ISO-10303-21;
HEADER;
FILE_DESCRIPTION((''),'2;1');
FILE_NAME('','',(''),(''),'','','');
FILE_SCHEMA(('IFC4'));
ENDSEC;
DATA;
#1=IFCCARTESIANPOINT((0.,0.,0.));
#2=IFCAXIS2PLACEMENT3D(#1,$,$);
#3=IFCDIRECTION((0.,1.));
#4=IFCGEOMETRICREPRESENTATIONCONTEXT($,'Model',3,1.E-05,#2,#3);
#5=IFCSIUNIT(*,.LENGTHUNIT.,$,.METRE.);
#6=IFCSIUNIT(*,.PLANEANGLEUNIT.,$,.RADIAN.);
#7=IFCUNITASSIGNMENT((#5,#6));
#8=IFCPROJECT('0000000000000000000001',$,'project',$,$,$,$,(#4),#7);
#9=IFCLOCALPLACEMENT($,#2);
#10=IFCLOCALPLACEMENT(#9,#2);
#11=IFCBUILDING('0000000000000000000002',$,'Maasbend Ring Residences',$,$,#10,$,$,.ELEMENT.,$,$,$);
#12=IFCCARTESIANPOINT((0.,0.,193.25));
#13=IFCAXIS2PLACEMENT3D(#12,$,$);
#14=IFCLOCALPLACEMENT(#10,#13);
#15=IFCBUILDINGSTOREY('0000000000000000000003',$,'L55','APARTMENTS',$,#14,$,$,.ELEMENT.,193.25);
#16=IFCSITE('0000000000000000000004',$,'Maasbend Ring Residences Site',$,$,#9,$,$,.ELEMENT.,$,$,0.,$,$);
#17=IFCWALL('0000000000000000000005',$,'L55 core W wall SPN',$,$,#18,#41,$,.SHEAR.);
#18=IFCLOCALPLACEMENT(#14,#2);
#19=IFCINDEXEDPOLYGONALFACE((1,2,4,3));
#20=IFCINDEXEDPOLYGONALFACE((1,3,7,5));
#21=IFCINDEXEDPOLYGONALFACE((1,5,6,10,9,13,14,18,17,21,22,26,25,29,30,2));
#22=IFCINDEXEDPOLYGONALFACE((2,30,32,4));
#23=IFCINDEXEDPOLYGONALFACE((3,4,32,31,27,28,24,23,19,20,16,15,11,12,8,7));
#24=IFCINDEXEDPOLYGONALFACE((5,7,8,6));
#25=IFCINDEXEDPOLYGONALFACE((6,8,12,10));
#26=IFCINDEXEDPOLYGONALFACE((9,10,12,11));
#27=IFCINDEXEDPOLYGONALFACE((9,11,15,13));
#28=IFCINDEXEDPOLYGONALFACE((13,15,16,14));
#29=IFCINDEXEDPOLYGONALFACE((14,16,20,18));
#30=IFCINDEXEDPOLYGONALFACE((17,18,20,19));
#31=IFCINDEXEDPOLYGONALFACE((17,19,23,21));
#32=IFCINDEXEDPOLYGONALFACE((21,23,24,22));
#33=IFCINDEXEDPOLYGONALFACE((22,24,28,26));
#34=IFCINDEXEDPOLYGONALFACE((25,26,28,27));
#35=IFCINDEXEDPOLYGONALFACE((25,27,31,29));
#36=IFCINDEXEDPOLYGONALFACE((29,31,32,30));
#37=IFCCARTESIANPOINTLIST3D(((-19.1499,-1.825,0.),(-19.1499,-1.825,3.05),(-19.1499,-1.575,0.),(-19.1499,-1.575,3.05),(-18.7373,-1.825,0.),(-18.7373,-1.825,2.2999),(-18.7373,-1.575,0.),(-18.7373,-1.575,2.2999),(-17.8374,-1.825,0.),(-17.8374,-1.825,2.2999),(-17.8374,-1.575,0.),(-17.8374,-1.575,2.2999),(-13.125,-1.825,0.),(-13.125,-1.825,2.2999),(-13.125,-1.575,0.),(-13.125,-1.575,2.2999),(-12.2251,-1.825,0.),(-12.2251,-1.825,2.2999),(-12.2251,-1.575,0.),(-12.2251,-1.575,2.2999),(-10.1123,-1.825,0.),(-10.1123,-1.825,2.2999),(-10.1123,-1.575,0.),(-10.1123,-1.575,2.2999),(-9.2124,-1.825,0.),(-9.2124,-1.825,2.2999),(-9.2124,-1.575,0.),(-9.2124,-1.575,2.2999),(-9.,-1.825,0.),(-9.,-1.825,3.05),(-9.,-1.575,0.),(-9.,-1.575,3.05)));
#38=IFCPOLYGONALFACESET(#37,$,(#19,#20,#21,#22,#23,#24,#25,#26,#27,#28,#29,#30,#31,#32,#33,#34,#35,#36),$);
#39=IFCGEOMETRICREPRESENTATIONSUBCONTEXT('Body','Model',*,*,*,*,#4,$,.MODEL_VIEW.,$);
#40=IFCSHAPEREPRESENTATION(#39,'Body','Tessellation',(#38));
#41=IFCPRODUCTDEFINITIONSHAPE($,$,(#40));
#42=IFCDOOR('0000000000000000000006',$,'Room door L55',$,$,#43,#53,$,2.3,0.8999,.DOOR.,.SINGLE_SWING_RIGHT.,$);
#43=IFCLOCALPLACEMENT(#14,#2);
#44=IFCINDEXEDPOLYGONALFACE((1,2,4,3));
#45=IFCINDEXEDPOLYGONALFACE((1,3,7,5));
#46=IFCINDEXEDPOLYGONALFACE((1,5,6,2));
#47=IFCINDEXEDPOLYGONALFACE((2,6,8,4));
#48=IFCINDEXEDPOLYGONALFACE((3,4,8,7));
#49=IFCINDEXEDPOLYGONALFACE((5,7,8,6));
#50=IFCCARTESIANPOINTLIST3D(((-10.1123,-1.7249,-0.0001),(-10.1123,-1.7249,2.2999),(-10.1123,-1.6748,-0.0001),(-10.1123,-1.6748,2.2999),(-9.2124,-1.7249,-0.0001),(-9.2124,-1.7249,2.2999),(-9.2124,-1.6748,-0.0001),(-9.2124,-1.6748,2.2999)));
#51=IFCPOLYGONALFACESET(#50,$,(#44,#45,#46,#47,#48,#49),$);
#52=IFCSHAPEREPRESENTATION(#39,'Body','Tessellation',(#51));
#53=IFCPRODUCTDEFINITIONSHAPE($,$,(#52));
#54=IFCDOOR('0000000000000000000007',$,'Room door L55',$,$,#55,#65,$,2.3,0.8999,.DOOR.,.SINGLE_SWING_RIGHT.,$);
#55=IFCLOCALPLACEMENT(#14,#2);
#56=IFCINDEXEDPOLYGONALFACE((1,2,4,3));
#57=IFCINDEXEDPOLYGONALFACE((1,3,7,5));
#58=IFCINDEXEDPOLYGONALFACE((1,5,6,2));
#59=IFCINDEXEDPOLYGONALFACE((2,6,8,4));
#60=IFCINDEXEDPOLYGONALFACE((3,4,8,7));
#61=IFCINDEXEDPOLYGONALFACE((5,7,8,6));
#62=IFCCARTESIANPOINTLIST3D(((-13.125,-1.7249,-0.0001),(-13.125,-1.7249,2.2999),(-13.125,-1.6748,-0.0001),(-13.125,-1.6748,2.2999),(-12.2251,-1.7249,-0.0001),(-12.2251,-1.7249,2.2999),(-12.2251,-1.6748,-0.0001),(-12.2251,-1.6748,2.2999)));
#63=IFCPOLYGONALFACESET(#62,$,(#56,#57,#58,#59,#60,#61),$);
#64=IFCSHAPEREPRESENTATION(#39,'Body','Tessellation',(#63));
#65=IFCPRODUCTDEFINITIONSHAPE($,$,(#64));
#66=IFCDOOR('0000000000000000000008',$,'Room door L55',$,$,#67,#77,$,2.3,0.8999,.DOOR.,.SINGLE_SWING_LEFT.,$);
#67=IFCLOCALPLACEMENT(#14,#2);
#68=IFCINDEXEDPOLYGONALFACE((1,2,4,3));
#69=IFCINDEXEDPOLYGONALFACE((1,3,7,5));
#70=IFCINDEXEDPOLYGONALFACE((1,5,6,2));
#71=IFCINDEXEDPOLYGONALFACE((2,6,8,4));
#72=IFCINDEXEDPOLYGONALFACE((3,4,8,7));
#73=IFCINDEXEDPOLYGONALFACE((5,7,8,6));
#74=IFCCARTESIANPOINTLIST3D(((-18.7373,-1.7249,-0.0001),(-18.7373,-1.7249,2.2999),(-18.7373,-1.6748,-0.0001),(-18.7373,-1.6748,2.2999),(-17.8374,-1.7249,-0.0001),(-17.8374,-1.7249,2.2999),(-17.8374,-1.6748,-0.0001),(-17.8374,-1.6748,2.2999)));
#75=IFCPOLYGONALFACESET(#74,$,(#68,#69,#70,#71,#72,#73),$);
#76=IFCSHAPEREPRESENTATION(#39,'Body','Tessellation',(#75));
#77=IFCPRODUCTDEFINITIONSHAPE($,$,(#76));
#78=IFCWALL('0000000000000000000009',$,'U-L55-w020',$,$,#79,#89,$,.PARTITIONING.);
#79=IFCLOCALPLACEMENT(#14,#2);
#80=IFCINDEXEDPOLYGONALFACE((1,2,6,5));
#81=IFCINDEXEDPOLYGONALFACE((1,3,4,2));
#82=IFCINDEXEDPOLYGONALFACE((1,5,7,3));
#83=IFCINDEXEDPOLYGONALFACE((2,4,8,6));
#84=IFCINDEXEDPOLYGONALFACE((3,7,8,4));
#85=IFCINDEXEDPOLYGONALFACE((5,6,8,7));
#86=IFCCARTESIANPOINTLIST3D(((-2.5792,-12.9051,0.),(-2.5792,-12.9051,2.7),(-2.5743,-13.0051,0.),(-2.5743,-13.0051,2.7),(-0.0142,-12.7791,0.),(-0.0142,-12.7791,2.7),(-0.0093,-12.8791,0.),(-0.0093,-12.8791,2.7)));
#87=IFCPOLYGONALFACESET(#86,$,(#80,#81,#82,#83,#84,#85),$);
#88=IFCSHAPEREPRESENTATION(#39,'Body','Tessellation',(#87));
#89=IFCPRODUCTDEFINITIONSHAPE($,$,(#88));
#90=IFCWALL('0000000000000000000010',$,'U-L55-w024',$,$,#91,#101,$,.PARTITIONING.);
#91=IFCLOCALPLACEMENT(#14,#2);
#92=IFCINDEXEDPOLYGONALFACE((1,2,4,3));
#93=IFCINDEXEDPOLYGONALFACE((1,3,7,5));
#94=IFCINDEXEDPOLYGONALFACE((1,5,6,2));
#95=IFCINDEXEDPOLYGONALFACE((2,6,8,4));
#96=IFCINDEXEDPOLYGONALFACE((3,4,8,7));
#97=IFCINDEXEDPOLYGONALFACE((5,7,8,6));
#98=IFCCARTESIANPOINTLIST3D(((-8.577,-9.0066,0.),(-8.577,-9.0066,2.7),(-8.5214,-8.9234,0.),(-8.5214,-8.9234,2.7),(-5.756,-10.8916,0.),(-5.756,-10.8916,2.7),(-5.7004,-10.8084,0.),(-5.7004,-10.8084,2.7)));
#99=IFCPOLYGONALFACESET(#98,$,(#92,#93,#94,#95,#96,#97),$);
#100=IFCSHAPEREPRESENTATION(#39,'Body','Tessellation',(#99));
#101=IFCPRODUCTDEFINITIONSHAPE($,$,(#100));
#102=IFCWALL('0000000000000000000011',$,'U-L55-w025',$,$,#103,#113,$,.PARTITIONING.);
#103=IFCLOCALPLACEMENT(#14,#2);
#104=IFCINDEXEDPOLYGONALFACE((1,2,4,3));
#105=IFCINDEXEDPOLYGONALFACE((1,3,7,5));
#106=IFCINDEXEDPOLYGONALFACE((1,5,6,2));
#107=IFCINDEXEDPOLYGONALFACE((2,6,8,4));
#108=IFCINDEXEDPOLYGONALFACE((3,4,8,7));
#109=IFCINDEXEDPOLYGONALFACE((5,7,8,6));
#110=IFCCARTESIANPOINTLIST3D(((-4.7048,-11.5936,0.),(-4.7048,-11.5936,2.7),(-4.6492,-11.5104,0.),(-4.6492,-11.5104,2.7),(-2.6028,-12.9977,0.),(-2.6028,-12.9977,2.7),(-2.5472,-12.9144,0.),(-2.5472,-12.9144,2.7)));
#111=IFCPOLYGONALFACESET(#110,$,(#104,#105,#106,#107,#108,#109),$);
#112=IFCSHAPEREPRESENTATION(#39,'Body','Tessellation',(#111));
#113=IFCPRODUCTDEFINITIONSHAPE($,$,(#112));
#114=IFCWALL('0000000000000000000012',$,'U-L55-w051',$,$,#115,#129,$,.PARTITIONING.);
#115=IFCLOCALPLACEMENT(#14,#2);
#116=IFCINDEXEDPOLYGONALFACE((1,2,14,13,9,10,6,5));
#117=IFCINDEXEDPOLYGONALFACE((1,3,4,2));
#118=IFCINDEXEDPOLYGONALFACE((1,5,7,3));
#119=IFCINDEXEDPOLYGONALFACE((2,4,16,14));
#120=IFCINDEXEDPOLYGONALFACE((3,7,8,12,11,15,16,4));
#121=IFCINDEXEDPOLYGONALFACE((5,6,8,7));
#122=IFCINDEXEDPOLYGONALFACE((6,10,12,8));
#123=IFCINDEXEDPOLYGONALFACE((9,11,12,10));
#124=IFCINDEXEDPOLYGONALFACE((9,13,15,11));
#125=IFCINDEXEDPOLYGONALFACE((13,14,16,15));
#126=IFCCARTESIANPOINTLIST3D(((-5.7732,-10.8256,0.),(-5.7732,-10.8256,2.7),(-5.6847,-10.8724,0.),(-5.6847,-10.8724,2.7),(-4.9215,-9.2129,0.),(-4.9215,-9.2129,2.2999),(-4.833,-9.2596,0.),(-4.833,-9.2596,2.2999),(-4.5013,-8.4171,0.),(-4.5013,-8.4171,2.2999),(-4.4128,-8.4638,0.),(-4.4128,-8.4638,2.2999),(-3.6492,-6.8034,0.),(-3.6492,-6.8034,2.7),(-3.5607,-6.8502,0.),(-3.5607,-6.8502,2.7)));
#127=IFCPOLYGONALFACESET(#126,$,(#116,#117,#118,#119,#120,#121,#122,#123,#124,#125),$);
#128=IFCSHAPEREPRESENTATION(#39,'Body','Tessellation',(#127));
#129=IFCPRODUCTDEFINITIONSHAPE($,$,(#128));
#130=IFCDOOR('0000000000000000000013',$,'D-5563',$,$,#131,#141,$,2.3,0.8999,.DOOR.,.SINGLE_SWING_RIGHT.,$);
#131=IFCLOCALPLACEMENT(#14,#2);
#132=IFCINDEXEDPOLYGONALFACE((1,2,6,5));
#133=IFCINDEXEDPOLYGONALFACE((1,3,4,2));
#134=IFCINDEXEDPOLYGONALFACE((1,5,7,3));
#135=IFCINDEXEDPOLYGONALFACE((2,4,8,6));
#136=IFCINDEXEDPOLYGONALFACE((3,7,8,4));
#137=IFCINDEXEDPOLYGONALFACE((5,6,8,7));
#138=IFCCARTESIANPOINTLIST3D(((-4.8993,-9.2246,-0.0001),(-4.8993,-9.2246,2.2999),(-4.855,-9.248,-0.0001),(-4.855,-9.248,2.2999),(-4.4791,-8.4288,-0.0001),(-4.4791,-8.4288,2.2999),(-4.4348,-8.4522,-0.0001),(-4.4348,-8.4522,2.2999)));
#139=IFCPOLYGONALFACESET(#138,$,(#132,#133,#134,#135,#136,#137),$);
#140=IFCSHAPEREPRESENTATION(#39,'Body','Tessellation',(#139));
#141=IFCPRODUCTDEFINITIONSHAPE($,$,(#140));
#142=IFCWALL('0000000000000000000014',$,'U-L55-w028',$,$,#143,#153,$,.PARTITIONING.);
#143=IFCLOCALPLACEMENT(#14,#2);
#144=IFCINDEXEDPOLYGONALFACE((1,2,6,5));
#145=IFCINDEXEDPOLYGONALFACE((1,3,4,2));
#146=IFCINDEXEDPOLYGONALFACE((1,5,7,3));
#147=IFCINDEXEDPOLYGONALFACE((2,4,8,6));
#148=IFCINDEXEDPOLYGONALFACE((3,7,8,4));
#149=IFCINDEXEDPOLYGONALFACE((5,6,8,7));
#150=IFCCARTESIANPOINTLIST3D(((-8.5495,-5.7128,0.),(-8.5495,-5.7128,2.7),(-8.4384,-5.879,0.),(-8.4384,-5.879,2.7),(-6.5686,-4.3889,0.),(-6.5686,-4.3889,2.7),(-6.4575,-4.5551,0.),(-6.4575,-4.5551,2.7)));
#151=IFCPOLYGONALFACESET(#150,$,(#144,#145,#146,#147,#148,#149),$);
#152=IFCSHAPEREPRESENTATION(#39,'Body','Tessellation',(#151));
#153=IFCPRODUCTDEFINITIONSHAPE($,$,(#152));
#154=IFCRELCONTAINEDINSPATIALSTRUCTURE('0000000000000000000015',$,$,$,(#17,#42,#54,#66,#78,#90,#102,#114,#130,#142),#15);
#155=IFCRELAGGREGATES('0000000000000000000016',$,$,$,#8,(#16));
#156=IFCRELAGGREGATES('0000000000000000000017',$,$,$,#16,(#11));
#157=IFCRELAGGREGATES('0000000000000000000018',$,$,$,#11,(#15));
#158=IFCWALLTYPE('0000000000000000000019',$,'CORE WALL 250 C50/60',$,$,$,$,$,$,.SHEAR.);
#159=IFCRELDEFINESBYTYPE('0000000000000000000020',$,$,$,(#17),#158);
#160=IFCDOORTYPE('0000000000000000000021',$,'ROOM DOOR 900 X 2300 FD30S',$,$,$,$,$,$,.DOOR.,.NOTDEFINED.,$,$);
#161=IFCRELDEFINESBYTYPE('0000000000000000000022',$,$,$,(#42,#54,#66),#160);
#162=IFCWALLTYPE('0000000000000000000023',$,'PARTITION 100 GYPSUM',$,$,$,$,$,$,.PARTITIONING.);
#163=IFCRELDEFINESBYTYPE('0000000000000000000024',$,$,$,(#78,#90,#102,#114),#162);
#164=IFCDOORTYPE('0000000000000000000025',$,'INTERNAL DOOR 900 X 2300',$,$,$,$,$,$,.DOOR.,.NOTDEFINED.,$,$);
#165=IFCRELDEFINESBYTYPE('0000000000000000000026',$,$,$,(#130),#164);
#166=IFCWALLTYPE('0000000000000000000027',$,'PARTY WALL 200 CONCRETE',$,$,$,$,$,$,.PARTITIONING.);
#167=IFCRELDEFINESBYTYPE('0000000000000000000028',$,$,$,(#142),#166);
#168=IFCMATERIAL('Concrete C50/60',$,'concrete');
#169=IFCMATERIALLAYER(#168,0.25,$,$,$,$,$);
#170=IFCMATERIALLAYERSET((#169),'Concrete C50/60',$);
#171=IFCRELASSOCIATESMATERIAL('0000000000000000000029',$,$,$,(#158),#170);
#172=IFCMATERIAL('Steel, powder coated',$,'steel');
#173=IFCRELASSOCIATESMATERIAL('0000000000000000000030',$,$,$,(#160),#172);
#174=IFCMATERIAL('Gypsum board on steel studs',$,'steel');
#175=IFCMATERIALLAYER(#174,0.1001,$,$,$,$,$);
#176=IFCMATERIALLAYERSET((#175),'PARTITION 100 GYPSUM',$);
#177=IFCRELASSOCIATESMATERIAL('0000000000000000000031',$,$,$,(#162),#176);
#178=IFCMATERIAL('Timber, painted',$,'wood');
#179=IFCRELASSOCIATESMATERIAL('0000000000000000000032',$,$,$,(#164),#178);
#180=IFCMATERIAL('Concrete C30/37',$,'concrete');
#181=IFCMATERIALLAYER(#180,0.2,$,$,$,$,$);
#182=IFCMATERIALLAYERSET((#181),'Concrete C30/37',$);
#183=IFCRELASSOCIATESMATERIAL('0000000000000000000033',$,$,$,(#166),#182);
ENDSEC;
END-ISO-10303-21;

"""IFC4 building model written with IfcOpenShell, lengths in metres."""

from ifc_helpers import new_model, si_unit, direction, frame, frame_2d, origin, place, context, subcontext, project, spatial, rectangle, extrude, material, layer, layer_set, type_object, element, fill, save


model = new_model("IFC4")

# Units and contexts
model_context = context("Model", 3, precision=1e-05, world=origin(), true_north=direction((0.0, 1.0)))
body_context = subcontext(model_context, "Body", "Model", "MODEL_VIEW")
ifc_project = project(units=[si_unit("LENGTHUNIT", "METRE"), si_unit("PLANEANGLEUNIT", "RADIAN")], contexts=[model_context])

# Site, building, storey
site_placement = place(None, origin())
site = spatial("IfcSite", under=ifc_project, at=site_placement, Name="Maasbend Ring Residences Site", CompositionType="ELEMENT", RefElevation=0.0)
building_placement = place(site_placement, origin())
building = spatial("IfcBuilding", under=site, at=building_placement, Name="Maasbend Ring Residences", CompositionType="ELEMENT")
storey_placement = place(building_placement, frame((0.0, 0.0, 193.25)))
storey = spatial("IfcBuildingStorey", under=building, at=storey_placement, Name="L55", Description="APARTMENTS", CompositionType="ELEMENT", Elevation=193.25)

# Wall, openings, doors
ifc_material_1 = material(Name="Concrete C50/60", Category="concrete")
ifc_layer_1 = layer(ifc_material_1, 0.25)
ifc_layer_set_1 = layer_set([ifc_layer_1], Name="Concrete C50/60")
wall_type_1 = type_object("IfcWallType", Name="CORE WALL 250 C50/60", PredefinedType="SHEAR", material=ifc_layer_set_1)
wall_1_placement = place(storey_placement, frame((-9.0, -1.7, 0.0), z_axis=(0.0, 0.0, 1.0), x_axis=(-1.0, 0.0, 0.0)))
wall_1 = element("IfcWall", 1, at=wall_1_placement, inside=storey, type_object=wall_type_1, Name="L55 core W wall SPN", PredefinedType="SHEAR", context=body_context, shape_type="SweptSolid", body=[
    extrude(rectangle(XDim=10.1499, YDim=0.25, at=frame_2d((5.075, 0.0))), origin(), (0.0, 0.0, 1.0), 3.05),
])
opening_1_placement = place(wall_1_placement, frame((0.2124, 0.0, 0.0)))
opening_1 = element("IfcOpeningElement", 2, at=opening_1_placement, cuts=wall_1, PredefinedType="OPENING", context=body_context, shape_type="SweptSolid", body=[
    extrude(rectangle(XDim=0.8999, YDim=2.3, at=frame_2d((0.45, 1.1499))), frame((0.0, 0.135, 0.0), z_axis=(0.0, -1.0, 0.0), x_axis=(1.0, 0.0, 0.0)), (0.0, 0.0, 1.0), 0.27),
])
opening_2_placement = place(wall_1_placement, frame((3.2251, 0.0, 0.0)))
opening_2 = element("IfcOpeningElement", 3, at=opening_2_placement, cuts=wall_1, PredefinedType="OPENING", context=body_context, shape_type="SweptSolid", body=[
    extrude(rectangle(XDim=0.8999, YDim=2.3, at=frame_2d((0.45, 1.1499))), frame((0.0, 0.135, 0.0), z_axis=(0.0, -1.0, 0.0), x_axis=(1.0, 0.0, 0.0)), (0.0, 0.0, 1.0), 0.27),
])
opening_3_placement = place(wall_1_placement, frame((8.8374, 0.0, 0.0)))
opening_3 = element("IfcOpeningElement", 4, at=opening_3_placement, cuts=wall_1, PredefinedType="OPENING", context=body_context, shape_type="SweptSolid", body=[
    extrude(rectangle(XDim=0.8999, YDim=2.3, at=frame_2d((0.45, 1.1499))), frame((0.0, 0.135, 0.0), z_axis=(0.0, -1.0, 0.0), x_axis=(1.0, 0.0, 0.0)), (0.0, 0.0, 1.0), 0.27),
])
ifc_material_2 = material(Name="Steel, powder coated", Category="steel")
door_type_1 = type_object("IfcDoorType", Name="ROOM DOOR 900 X 2300 FD30S", OperationType="NOTDEFINED", PredefinedType="DOOR", material=ifc_material_2)
door_1_placement = place(opening_1_placement, origin())
door_1 = element("IfcDoor", 5, at=door_1_placement, inside=storey, type_object=door_type_1, Name="Room door L55", OperationType="SINGLE_SWING_RIGHT", OverallHeight=2.3, OverallWidth=0.8999, PredefinedType="DOOR", context=body_context, shape_type="SweptSolid", body=[
    extrude(rectangle(XDim=0.8999, YDim=2.3, at=frame_2d((0.45, 1.1499))), frame((0.0, 0.0249, 0.0), z_axis=(0.0, -1.0, 0.0), x_axis=(1.0, 0.0, 0.0)), (0.0, 0.0, 1.0), 0.05),
])
fill(opening_1, door_1)
door_2_placement = place(opening_2_placement, origin())
door_2 = element("IfcDoor", 6, at=door_2_placement, inside=storey, type_object=door_type_1, Name="Room door L55", OperationType="SINGLE_SWING_RIGHT", OverallHeight=2.3, OverallWidth=0.8999, PredefinedType="DOOR", context=body_context, shape_type="SweptSolid", body=[
    extrude(rectangle(XDim=0.8999, YDim=2.3, at=frame_2d((0.45, 1.1499))), frame((0.0, 0.0249, 0.0), z_axis=(0.0, -1.0, 0.0), x_axis=(1.0, 0.0, 0.0)), (0.0, 0.0, 1.0), 0.05),
])
fill(opening_2, door_2)
door_3_placement = place(opening_3_placement, origin())
door_3 = element("IfcDoor", 7, at=door_3_placement, inside=storey, type_object=door_type_1, Name="Room door L55", OperationType="SINGLE_SWING_LEFT", OverallHeight=2.3, OverallWidth=0.8999, PredefinedType="DOOR", context=body_context, shape_type="SweptSolid", body=[
    extrude(rectangle(XDim=0.8999, YDim=2.3, at=frame_2d((0.45, 1.1499))), frame((0.0, 0.0249, 0.0), z_axis=(0.0, -1.0, 0.0), x_axis=(1.0, 0.0, 0.0)), (0.0, 0.0, 1.0), 0.05),
])
fill(opening_3, door_3)

# Walls
ifc_material_3 = material(Name="Gypsum board on steel studs", Category="steel")
ifc_layer_2 = layer(ifc_material_3, 0.1001)
ifc_layer_set_2 = layer_set([ifc_layer_2], Name="PARTITION 100 GYPSUM")
wall_type_2 = type_object("IfcWallType", Name="PARTITION 100 GYPSUM", PredefinedType="PARTITIONING", material=ifc_layer_set_2)
wall_2_placement = place(storey_placement, frame((-2.5769, -12.9551, 0.0), z_axis=(0.0, 0.0, 1.0), x_axis=(0.998796, 0.049056, 0.0)))
element("IfcWall", 8, at=wall_2_placement, inside=storey, type_object=wall_type_2, Name="U-L55-w020", PredefinedType="PARTITIONING", context=body_context, shape_type="SweptSolid", body=[
    extrude(rectangle(XDim=2.5681, YDim=0.1001, at=frame_2d((1.2842, 0.0))), origin(), (0.0, 0.0, 1.0), 2.7),
])
wall_3_placement = place(storey_placement, frame((-8.5491, -8.9651, 0.0), z_axis=(0.0, 0.0, 1.0), x_axis=(0.831463, -0.55558, 0.0)))
element("IfcWall", 9, at=wall_3_placement, inside=storey, type_object=wall_type_2, Name="U-L55-w024", PredefinedType="PARTITIONING", context=body_context, shape_type="SweptSolid", body=[
    extrude(rectangle(XDim=3.3928, YDim=0.1001, at=frame_2d((1.6963, 0.0))), origin(), (0.0, 0.0, 1.0), 2.7),
])
wall_4_placement = place(storey_placement, frame((-4.677, -11.552, 0.0), z_axis=(0.0, 0.0, 1.0), x_axis=(0.83156, -0.555435, 0.0)))
element("IfcWall", 10, at=wall_4_placement, inside=storey, type_object=wall_type_2, Name="U-L55-w025", PredefinedType="PARTITIONING", context=body_context, shape_type="SweptSolid", body=[
    extrude(rectangle(XDim=2.5278, YDim=0.1001, at=frame_2d((1.2639, 0.0))), origin(), (0.0, 0.0, 1.0), 2.7),
])

# Wall, opening, door
wall_5_placement = place(storey_placement, frame((-5.729, -10.8491, 0.0), z_axis=(0.0, 0.0, 1.0), x_axis=(0.466963, 0.884277, 0.0)))
wall_5 = element("IfcWall", 11, at=wall_5_placement, inside=storey, type_object=wall_type_2, Name="U-L55-w051", PredefinedType="PARTITIONING", context=body_context, shape_type="SweptSolid", body=[
    extrude(rectangle(XDim=4.5486, YDim=0.1001, at=frame_2d((2.2744, 0.0))), origin(), (0.0, 0.0, 1.0), 2.7),
])
opening_4_placement = place(wall_5_placement, frame((1.824, 0.0, 0.0)))
opening_4 = element("IfcOpeningElement", 12, at=opening_4_placement, cuts=wall_5, PredefinedType="OPENING", context=body_context, shape_type="SweptSolid", body=[
    extrude(rectangle(XDim=0.8999, YDim=2.3, at=frame_2d((0.45, 1.1499))), frame((0.0, 0.0601, 0.0), z_axis=(0.0, -1.0, 0.0), x_axis=(1.0, 0.0, 0.0)), (0.0, 0.0, 1.0), 0.1201),
])
ifc_material_4 = material(Name="Timber, painted", Category="wood")
door_type_2 = type_object("IfcDoorType", Name="INTERNAL DOOR 900 X 2300", OperationType="NOTDEFINED", PredefinedType="DOOR", material=ifc_material_4)
door_4_placement = place(opening_4_placement, origin())
door_4 = element("IfcDoor", 13, at=door_4_placement, inside=storey, type_object=door_type_2, Name="D-5563", OperationType="SINGLE_SWING_RIGHT", OverallHeight=2.3, OverallWidth=0.8999, PredefinedType="DOOR", context=body_context, shape_type="SweptSolid", body=[
    extrude(rectangle(XDim=0.8999, YDim=2.3, at=frame_2d((0.45, 1.1499))), frame((0.0, 0.0249, 0.0), z_axis=(0.0, -1.0, 0.0), x_axis=(1.0, 0.0, 0.0)), (0.0, 0.0, 1.0), 0.05),
])
fill(opening_4, door_4)

# Wall
ifc_material_5 = material(Name="Concrete C30/37", Category="concrete")
ifc_layer_3 = layer(ifc_material_5, 0.2)
ifc_layer_set_3 = layer_set([ifc_layer_3], Name="Concrete C30/37")
wall_type_3 = type_object("IfcWallType", Name="PARTY WALL 200 CONCRETE", PredefinedType="PARTITIONING", material=ifc_layer_set_3)
wall_6_placement = place(storey_placement, frame((-6.5129, -4.4719, 0.0), z_axis=(0.0, 0.0, 1.0), x_axis=(-0.831403, -0.555669, 0.0)))
element("IfcWall", 14, at=wall_6_placement, inside=storey, type_object=wall_type_3, Name="U-L55-w028", PredefinedType="PARTITIONING", context=body_context, shape_type="SweptSolid", body=[
    extrude(rectangle(XDim=2.3826, YDim=0.2, at=frame_2d((1.1914, 0.0))), origin(), (0.0, 0.0, 1.0), 2.7),
])

save(model, "model.ifc")
